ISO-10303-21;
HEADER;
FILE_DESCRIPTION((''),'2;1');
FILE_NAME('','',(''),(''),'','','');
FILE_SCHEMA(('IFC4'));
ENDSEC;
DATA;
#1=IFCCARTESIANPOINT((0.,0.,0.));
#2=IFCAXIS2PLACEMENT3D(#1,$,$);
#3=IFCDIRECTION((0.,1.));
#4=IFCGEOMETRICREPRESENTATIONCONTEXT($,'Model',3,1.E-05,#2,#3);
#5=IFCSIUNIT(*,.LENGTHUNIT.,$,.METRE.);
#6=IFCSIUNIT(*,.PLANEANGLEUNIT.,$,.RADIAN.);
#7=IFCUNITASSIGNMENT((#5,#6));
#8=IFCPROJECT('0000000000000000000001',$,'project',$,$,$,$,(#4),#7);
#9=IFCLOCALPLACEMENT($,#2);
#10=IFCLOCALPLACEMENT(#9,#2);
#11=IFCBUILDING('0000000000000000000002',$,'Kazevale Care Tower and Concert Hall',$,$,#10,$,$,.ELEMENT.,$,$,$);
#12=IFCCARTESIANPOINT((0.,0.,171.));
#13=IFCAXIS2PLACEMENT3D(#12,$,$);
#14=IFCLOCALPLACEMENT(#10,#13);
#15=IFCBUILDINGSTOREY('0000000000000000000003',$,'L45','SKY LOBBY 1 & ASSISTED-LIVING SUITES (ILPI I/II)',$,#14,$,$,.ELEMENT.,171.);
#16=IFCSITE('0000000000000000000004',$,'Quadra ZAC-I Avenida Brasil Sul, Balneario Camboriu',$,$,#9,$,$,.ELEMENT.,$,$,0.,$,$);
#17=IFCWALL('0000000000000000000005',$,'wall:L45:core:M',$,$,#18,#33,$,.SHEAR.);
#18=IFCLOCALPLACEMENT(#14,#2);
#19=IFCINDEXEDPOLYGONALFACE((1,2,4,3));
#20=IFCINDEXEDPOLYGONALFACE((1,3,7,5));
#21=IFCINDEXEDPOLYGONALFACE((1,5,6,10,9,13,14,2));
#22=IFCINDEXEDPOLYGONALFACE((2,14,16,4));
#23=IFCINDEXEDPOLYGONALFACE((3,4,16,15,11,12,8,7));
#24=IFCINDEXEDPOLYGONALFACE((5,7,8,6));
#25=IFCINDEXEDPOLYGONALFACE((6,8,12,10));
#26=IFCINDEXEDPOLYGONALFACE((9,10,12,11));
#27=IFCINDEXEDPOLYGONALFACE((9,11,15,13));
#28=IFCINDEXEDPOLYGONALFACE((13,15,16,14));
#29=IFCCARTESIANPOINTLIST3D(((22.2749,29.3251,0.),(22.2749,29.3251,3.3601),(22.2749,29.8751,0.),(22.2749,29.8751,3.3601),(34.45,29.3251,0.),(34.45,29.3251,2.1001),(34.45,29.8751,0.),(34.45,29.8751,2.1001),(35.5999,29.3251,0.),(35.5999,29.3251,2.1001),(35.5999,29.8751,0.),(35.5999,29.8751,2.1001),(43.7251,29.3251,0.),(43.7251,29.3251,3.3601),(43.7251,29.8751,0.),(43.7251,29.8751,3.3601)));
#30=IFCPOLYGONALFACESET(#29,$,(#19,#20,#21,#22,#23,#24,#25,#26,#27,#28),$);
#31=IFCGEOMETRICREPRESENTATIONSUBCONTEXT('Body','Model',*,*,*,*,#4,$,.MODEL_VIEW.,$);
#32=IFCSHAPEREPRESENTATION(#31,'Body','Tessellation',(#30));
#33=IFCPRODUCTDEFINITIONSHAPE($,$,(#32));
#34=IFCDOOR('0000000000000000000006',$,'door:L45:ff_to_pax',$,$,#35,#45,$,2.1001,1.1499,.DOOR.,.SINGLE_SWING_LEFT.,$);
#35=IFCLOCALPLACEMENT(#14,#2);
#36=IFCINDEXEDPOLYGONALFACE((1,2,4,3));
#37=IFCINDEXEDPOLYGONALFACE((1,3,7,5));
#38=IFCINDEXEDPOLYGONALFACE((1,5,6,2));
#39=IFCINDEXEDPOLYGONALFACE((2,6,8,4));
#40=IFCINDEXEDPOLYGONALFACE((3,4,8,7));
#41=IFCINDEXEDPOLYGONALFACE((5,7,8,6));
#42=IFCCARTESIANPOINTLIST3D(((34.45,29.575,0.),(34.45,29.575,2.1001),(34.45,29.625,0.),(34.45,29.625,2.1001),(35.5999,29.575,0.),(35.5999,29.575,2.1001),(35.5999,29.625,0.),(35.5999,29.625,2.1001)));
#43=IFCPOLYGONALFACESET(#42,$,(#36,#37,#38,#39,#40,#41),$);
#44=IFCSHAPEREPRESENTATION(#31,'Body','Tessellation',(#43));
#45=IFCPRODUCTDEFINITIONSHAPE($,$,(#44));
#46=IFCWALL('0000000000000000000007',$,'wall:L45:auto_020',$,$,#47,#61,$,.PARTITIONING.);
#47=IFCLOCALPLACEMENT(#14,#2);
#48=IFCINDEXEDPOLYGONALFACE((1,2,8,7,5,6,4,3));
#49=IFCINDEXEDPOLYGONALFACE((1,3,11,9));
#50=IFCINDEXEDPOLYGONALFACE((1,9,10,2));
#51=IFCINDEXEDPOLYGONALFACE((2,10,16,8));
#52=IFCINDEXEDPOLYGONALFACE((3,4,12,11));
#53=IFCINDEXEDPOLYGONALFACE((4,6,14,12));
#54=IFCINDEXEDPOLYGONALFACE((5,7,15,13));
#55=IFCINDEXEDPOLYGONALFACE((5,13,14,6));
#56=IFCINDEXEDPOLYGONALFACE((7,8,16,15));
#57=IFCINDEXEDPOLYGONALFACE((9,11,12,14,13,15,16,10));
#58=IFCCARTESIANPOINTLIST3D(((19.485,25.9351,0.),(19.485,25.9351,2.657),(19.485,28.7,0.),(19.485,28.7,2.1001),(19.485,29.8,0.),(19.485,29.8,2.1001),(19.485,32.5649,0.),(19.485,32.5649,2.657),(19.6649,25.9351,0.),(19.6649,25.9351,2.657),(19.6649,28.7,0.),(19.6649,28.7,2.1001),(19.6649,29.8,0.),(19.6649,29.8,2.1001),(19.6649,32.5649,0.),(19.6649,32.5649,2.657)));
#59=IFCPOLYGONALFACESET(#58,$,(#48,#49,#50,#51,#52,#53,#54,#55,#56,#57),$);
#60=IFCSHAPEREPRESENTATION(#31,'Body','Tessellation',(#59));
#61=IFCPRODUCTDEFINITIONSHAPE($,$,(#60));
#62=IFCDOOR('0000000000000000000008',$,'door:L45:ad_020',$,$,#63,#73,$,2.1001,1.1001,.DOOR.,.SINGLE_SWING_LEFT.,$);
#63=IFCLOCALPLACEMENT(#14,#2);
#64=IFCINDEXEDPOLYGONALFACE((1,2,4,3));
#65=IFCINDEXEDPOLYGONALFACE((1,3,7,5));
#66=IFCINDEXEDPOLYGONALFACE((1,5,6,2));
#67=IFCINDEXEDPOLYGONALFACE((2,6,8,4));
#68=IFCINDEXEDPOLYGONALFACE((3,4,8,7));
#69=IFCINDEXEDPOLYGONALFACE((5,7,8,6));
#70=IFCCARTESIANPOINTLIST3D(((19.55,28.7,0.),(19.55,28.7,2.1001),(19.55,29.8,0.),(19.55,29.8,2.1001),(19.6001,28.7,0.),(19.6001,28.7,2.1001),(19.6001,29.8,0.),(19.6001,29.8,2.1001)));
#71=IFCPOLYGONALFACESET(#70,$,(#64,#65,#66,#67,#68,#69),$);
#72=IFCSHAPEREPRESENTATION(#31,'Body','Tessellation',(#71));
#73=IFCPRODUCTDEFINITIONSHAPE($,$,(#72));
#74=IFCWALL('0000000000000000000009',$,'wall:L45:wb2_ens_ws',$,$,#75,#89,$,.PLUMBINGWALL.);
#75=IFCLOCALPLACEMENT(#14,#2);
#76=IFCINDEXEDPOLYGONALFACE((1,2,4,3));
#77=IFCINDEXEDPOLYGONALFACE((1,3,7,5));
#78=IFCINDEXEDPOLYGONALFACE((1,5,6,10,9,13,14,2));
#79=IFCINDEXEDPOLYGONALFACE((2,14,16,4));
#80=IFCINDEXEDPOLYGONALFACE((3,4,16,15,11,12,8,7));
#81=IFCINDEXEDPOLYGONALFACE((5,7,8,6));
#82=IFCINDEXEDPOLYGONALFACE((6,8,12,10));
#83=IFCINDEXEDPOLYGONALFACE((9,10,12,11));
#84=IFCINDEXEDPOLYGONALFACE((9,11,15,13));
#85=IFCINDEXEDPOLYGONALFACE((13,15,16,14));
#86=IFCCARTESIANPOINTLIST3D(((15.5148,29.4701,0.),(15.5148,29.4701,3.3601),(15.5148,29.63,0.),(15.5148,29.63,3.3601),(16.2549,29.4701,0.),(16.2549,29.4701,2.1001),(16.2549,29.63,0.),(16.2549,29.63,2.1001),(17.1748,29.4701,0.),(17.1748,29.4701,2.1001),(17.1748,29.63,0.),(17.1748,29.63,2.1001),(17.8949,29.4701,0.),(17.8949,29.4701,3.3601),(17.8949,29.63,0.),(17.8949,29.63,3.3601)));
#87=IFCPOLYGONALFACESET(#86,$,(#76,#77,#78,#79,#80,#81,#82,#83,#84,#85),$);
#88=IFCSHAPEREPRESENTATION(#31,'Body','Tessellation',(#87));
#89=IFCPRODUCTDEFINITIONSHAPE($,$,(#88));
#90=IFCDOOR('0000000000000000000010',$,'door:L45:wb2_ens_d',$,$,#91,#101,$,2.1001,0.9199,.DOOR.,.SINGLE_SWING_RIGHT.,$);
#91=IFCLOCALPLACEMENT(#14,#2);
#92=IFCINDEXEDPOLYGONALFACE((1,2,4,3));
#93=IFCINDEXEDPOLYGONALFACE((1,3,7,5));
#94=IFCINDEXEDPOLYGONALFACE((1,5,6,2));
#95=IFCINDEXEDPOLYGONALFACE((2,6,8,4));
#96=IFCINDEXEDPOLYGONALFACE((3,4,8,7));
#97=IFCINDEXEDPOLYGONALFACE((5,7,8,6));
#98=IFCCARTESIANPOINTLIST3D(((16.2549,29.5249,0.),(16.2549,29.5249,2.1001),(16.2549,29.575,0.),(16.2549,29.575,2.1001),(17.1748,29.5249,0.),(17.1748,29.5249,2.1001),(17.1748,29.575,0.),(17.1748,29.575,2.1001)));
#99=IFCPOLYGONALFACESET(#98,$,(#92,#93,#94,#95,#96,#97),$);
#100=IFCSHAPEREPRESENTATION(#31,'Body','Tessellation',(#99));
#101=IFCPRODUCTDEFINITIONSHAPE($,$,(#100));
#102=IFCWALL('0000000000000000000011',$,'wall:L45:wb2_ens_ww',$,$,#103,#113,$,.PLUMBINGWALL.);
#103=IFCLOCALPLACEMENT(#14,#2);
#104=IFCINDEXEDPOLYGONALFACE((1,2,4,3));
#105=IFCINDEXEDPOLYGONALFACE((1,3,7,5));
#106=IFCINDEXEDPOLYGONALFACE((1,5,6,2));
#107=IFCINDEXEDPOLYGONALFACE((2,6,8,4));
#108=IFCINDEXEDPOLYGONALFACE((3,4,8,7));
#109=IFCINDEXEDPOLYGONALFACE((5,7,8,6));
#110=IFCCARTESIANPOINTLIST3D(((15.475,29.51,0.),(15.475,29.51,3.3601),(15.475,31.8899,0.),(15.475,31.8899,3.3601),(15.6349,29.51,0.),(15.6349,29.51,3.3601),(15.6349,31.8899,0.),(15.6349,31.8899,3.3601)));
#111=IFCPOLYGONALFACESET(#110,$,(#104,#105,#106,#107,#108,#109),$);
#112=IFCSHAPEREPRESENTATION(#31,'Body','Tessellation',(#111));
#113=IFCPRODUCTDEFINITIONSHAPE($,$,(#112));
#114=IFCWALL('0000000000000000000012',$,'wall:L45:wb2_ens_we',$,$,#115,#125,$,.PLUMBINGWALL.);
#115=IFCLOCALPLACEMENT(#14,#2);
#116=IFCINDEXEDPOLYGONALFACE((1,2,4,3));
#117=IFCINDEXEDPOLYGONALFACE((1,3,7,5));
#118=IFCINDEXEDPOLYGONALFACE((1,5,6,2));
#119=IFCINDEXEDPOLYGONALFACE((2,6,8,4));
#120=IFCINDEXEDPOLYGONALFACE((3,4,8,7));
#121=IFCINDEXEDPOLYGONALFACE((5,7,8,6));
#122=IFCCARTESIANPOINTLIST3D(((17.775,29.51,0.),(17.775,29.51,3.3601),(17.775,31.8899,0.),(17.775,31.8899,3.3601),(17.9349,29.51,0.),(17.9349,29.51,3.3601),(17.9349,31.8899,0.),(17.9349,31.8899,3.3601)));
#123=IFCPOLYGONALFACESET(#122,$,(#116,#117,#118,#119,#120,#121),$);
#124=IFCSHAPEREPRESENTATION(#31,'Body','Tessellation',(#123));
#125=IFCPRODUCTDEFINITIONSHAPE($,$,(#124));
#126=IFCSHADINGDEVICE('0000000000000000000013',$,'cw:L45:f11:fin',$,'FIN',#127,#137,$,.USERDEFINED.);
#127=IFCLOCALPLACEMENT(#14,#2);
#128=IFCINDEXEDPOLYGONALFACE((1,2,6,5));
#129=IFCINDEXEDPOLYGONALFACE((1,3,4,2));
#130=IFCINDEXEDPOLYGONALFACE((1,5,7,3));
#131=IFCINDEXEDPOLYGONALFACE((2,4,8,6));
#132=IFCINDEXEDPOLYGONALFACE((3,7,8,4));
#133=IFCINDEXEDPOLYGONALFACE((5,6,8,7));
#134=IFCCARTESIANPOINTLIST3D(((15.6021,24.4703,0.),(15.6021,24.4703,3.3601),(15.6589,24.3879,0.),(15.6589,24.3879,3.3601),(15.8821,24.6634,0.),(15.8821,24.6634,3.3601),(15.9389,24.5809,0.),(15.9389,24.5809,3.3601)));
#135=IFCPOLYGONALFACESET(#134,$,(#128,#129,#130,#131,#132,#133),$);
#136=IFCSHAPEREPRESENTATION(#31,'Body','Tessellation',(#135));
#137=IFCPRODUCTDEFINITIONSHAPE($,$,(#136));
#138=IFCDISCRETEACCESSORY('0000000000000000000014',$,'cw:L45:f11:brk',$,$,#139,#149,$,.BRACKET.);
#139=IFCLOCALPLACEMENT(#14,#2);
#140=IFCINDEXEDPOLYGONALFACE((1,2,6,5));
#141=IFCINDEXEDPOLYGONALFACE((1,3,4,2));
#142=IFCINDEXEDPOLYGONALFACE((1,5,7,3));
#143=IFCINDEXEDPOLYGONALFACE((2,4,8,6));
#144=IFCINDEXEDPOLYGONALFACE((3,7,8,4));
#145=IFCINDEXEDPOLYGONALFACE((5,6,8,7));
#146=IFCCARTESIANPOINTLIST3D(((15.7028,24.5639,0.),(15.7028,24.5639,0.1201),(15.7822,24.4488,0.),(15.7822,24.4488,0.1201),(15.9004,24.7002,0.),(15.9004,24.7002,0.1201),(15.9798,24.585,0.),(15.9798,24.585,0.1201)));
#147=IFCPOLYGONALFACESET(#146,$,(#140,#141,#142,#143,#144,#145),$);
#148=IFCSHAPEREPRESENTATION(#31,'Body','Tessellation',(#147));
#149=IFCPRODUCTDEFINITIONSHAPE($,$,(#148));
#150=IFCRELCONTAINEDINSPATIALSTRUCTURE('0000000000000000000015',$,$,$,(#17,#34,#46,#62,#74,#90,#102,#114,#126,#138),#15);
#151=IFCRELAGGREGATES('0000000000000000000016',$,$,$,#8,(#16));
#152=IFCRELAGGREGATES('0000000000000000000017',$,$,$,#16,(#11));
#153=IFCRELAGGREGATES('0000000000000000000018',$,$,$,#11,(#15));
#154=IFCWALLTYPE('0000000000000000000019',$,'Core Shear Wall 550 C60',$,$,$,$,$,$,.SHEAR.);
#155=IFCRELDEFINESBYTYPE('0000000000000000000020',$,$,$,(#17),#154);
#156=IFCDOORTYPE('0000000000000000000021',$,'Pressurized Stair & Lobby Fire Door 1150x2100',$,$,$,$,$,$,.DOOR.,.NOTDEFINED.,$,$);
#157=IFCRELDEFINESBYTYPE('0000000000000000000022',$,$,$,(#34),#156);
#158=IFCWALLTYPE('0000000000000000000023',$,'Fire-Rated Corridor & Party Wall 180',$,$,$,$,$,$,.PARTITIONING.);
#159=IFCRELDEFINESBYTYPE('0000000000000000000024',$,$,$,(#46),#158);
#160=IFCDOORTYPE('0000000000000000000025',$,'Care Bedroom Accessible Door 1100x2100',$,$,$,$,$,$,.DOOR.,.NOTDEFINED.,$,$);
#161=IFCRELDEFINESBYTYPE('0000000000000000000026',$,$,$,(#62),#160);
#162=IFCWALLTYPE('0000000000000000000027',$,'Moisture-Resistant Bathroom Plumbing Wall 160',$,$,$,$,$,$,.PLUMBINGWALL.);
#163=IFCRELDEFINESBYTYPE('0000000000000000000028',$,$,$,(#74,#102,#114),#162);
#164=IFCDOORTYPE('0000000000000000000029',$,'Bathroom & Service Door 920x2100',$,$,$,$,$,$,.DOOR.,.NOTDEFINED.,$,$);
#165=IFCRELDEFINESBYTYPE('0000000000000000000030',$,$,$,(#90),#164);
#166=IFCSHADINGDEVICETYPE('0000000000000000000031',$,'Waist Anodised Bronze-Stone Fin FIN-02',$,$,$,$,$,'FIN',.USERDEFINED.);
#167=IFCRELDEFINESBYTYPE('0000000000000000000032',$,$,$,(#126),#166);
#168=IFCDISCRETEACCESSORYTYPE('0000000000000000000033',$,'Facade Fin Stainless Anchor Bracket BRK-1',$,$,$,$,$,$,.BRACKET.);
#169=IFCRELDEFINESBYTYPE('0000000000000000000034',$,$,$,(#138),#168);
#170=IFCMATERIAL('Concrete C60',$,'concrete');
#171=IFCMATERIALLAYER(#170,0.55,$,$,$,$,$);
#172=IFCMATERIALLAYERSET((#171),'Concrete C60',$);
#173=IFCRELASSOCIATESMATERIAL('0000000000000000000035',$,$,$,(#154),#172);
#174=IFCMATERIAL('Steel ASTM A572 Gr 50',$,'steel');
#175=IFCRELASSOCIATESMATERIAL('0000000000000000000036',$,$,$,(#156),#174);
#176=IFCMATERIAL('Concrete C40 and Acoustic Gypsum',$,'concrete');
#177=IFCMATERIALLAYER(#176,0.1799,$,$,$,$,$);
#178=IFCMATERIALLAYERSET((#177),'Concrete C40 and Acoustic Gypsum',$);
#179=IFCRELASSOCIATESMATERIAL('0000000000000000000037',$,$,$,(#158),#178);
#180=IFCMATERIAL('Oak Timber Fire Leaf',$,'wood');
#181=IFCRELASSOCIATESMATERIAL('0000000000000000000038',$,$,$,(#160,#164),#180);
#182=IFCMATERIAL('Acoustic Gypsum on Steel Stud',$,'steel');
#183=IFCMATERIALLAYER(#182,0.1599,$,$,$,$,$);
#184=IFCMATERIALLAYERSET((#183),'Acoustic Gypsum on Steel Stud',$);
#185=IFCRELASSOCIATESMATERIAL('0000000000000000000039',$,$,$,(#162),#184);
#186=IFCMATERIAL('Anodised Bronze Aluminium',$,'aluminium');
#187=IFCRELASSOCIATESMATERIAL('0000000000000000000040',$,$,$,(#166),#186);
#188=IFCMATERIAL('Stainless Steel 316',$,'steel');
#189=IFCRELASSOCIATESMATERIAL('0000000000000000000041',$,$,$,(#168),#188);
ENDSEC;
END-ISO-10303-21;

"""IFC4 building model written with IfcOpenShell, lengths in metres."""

from ifc_helpers import new_model, si_unit, direction, frame, frame_2d, origin, origin_2d, place, context, subcontext, project, spatial, rectangle, extrude, material, layer, layer_set, type_object, element, fill, save


model = new_model("IFC4")

# Units and contexts
model_context = context("Model", 3, precision=1e-05, world=origin(), true_north=direction((0.0, 1.0)))
body_context = subcontext(model_context, "Body", "Model", "MODEL_VIEW")
ifc_project = project(units=[si_unit("LENGTHUNIT", "METRE"), si_unit("PLANEANGLEUNIT", "RADIAN")], contexts=[model_context])

# Site, building, storey
site_placement = place(None, origin())
site = spatial("IfcSite", under=ifc_project, at=site_placement, Name="Quadra ZAC-I Avenida Brasil Sul, Balneario Camboriu", CompositionType="ELEMENT", RefElevation=0.0)
building_placement = place(site_placement, origin())
building = spatial("IfcBuilding", under=site, at=building_placement, Name="Kazevale Care Tower and Concert Hall", CompositionType="ELEMENT")
storey_placement = place(building_placement, frame((0.0, 0.0, 171.0)))
storey = spatial("IfcBuildingStorey", under=building, at=storey_placement, Name="L45", Description="SKY LOBBY 1 & ASSISTED-LIVING SUITES (ILPI I/II)", CompositionType="ELEMENT", Elevation=171.0)

# Shared definitions
ifc_material_1 = material(Name="Acoustic Gypsum on Steel Stud", Category="steel")
ifc_material_2 = material(Name="Concrete C60", Category="concrete")
ifc_layer_1 = layer(ifc_material_2, 0.55)
ifc_layer_set_1 = layer_set([ifc_layer_1], Name="Concrete C60")
wall_type_1 = type_object("IfcWallType", Name="Core Shear Wall 550 C60", PredefinedType="SHEAR", material=ifc_layer_set_1)

# Walls, openings, doors
wall_1_placement = place(storey_placement, frame((22.2749, 29.6001, 0.0), z_axis=(0.0, 0.0, 1.0), x_axis=(1.0, 0.0, 0.0)))
wall_1 = element("IfcWall", 1, at=wall_1_placement, inside=storey, type_object=wall_type_1, Name="wall:L45:core:M", PredefinedType="SHEAR", context=body_context, shape_type="SweptSolid", body=[
    extrude(rectangle(XDim=21.4502, YDim=0.55, at=frame_2d((10.7251, 0.0))), origin(), (0.0, 0.0, 1.0), 3.3601),
])
opening_1_placement = place(wall_1_placement, frame((12.175, 0.0, 0.0)))
opening_1 = element("IfcOpeningElement", 2, at=opening_1_placement, cuts=wall_1, PredefinedType="OPENING", context=body_context, shape_type="SweptSolid", body=[
    extrude(rectangle(XDim=1.1499, YDim=2.1001, at=frame_2d((0.575, 1.05))), frame((0.0, 0.2849, 0.0), z_axis=(0.0, -1.0, 0.0), x_axis=(1.0, 0.0, 0.0)), (0.0, 0.0, 1.0), 0.5701),
])
ifc_material_3 = material(Name="Steel ASTM A572 Gr 50", Category="steel")
door_type_1 = type_object("IfcDoorType", Name="Pressurized Stair & Lobby Fire Door 1150x2100", OperationType="NOTDEFINED", PredefinedType="DOOR", material=ifc_material_3)
door_1_placement = place(opening_1_placement, origin())
door_1 = element("IfcDoor", 3, at=door_1_placement, inside=storey, type_object=door_type_1, Name="door:L45:ff_to_pax", OperationType="SINGLE_SWING_LEFT", OverallHeight=2.1001, OverallWidth=1.1499, PredefinedType="DOOR", context=body_context, shape_type="SweptSolid", body=[
    extrude(rectangle(XDim=1.1499, YDim=2.1001, at=frame_2d((0.575, 1.05))), frame((0.0, 0.0249, 0.0), z_axis=(0.0, -1.0, 0.0), x_axis=(1.0, 0.0, 0.0)), (0.0, 0.0, 1.0), 0.05),
])
fill(opening_1, door_1)
ifc_material_4 = material(Name="Concrete C40 and Acoustic Gypsum", Category="concrete")
ifc_layer_2 = layer(ifc_material_4, 0.1799)
ifc_layer_set_2 = layer_set([ifc_layer_2], Name="Concrete C40 and Acoustic Gypsum")
wall_type_2 = type_object("IfcWallType", Name="Fire-Rated Corridor & Party Wall 180", PredefinedType="PARTITIONING", material=ifc_layer_set_2)
wall_2_placement = place(storey_placement, frame((19.575, 25.9351, 0.0), z_axis=(0.0, 0.0, 1.0), x_axis=(0.0, 1.0, 0.0)))
wall_2 = element("IfcWall", 4, at=wall_2_placement, inside=storey, type_object=wall_type_2, Name="wall:L45:auto_020", PredefinedType="PARTITIONING", context=body_context, shape_type="SweptSolid", body=[
    extrude(rectangle(XDim=6.6299, YDim=0.1799, at=frame_2d((3.3149, 0.0))), origin(), (0.0, 0.0, 1.0), 2.657),
])
opening_2_placement = place(wall_2_placement, frame((2.7649, 0.0, 0.0)))
opening_2 = element("IfcOpeningElement", 5, at=opening_2_placement, cuts=wall_2, PredefinedType="OPENING", context=body_context, shape_type="SweptSolid", body=[
    extrude(rectangle(XDim=1.1001, YDim=2.1001, at=frame_2d((0.55, 1.05))), frame((0.0, 0.0999, 0.0), z_axis=(0.0, -1.0, 0.0), x_axis=(1.0, 0.0, 0.0)), (0.0, 0.0, 1.0), 0.2),
])
ifc_material_5 = material(Name="Oak Timber Fire Leaf", Category="wood")
door_type_2 = type_object("IfcDoorType", Name="Care Bedroom Accessible Door 1100x2100", OperationType="NOTDEFINED", PredefinedType="DOOR", material=ifc_material_5)
door_2_placement = place(opening_2_placement, origin())
door_2 = element("IfcDoor", 6, at=door_2_placement, inside=storey, type_object=door_type_2, Name="door:L45:ad_020", OperationType="SINGLE_SWING_LEFT", OverallHeight=2.1001, OverallWidth=1.1001, PredefinedType="DOOR", context=body_context, shape_type="SweptSolid", body=[
    extrude(rectangle(XDim=1.1001, YDim=2.1001, at=frame_2d((0.55, 1.05))), frame((0.0, 0.0249, 0.0), z_axis=(0.0, -1.0, 0.0), x_axis=(1.0, 0.0, 0.0)), (0.0, 0.0, 1.0), 0.05),
])
fill(opening_2, door_2)
ifc_layer_3 = layer(ifc_material_1, 0.1599)
ifc_layer_set_3 = layer_set([ifc_layer_3], Name="Acoustic Gypsum on Steel Stud")
wall_type_3 = type_object("IfcWallType", Name="Moisture-Resistant Bathroom Plumbing Wall 160", PredefinedType="PLUMBINGWALL", material=ifc_layer_set_3)
wall_3_placement = place(storey_placement, frame((15.5149, 29.55, 0.0), z_axis=(0.0, 0.0, 1.0), x_axis=(1.0, 0.0, 0.0)))
wall_3 = element("IfcWall", 7, at=wall_3_placement, inside=storey, type_object=wall_type_3, Name="wall:L45:wb2_ens_ws", PredefinedType="PLUMBINGWALL", context=body_context, shape_type="SweptSolid", body=[
    extrude(rectangle(XDim=2.3801, YDim=0.1599, at=frame_2d((1.1899, 0.0))), origin(), (0.0, 0.0, 1.0), 3.3601),
])
opening_3_placement = place(wall_3_placement, frame((0.74, 0.0, 0.0)))
opening_3 = element("IfcOpeningElement", 8, at=opening_3_placement, cuts=wall_3, PredefinedType="OPENING", context=body_context, shape_type="SweptSolid", body=[
    extrude(rectangle(XDim=0.9199, YDim=2.1001, at=frame_2d((0.46, 1.05))), frame((0.0, 0.0898, 0.0), z_axis=(0.0, -1.0, 0.0), x_axis=(1.0, 0.0, 0.0)), (0.0, 0.0, 1.0), 0.1799),
])
door_type_3 = type_object("IfcDoorType", Name="Bathroom & Service Door 920x2100", OperationType="NOTDEFINED", PredefinedType="DOOR", material=ifc_material_5)
door_3_placement = place(opening_3_placement, origin())
door_3 = element("IfcDoor", 9, at=door_3_placement, inside=storey, type_object=door_type_3, Name="door:L45:wb2_ens_d", OperationType="SINGLE_SWING_RIGHT", OverallHeight=2.1001, OverallWidth=0.9199, PredefinedType="DOOR", context=body_context, shape_type="SweptSolid", body=[
    extrude(rectangle(XDim=0.9199, YDim=2.1001, at=frame_2d((0.46, 1.05))), frame((0.0, 0.0249, 0.0), z_axis=(0.0, -1.0, 0.0), x_axis=(1.0, 0.0, 0.0)), (0.0, 0.0, 1.0), 0.05),
])
fill(opening_3, door_3)

# Walls
for number, where, z_axis, x_axis, name in (
    (10, (15.5549, 29.51, 0.0), (0.0, 0.0, 1.0), (0.0, 1.0, 0.0), "wall:L45:wb2_ens_ww"),
    (11, (17.855, 29.51, 0.0), (0.0, 0.0, 1.0), (0.0, 1.0, 0.0), "wall:L45:wb2_ens_we"),
):
    element("IfcWall", number, at=place(storey_placement, frame(where, z_axis=z_axis, x_axis=x_axis)), inside=storey, type_object=wall_type_3, Name=name, PredefinedType="PLUMBINGWALL", context=body_context, shape_type="SweptSolid", body=[
        extrude(rectangle(XDim=2.3799, YDim=0.1599, at=frame_2d((1.1899, 0.0))), origin(), (0.0, 0.0, 1.0), 3.3601),
    ])

# Shading device
ifc_material_6 = material(Name="Anodised Bronze Aluminium", Category="aluminium")
shading_device_type = type_object("IfcShadingDeviceType", Name="Waist Anodised Bronze-Stone Fin FIN-02", ElementType="FIN", PredefinedType="USERDEFINED", material=ifc_material_6)
shading_device_placement = place(storey_placement, frame((15.7705, 24.5256, 0.0), z_axis=(0.0, 0.0, 1.0), x_axis=(-0.823335, -0.567556, 0.0)))
element("IfcShadingDevice", 12, at=shading_device_placement, inside=storey, type_object=shading_device_type, Name="cw:L45:f11:fin", ObjectType="FIN", PredefinedType="USERDEFINED", context=body_context, shape_type="SweptSolid", body=[
    extrude(rectangle(XDim=0.3401, YDim=0.1001, at=origin_2d()), origin(), (0.0, 0.0, 1.0), 3.3601),
])

# Discrete accessory
ifc_material_7 = material(Name="Stainless Steel 316", Category="steel")
discrete_accessory_type = type_object("IfcDiscreteAccessoryType", Name="Facade Fin Stainless Anchor Bracket BRK-1", PredefinedType="BRACKET", material=ifc_material_7)
discrete_accessory_placement = place(storey_placement, frame((15.8413, 24.5745, 0.0), z_axis=(0.0, 0.0, 1.0), x_axis=(-0.823335, -0.567556, 0.0)))
element("IfcDiscreteAccessory", 13, at=discrete_accessory_placement, inside=storey, type_object=discrete_accessory_type, Name="cw:L45:f11:brk", PredefinedType="BRACKET", context=body_context, shape_type="SweptSolid", body=[
    extrude(rectangle(XDim=0.24, YDim=0.1399, at=origin_2d()), origin(), (0.0, 0.0, 1.0), 0.1201),
])

save(model, "model.ifc")
